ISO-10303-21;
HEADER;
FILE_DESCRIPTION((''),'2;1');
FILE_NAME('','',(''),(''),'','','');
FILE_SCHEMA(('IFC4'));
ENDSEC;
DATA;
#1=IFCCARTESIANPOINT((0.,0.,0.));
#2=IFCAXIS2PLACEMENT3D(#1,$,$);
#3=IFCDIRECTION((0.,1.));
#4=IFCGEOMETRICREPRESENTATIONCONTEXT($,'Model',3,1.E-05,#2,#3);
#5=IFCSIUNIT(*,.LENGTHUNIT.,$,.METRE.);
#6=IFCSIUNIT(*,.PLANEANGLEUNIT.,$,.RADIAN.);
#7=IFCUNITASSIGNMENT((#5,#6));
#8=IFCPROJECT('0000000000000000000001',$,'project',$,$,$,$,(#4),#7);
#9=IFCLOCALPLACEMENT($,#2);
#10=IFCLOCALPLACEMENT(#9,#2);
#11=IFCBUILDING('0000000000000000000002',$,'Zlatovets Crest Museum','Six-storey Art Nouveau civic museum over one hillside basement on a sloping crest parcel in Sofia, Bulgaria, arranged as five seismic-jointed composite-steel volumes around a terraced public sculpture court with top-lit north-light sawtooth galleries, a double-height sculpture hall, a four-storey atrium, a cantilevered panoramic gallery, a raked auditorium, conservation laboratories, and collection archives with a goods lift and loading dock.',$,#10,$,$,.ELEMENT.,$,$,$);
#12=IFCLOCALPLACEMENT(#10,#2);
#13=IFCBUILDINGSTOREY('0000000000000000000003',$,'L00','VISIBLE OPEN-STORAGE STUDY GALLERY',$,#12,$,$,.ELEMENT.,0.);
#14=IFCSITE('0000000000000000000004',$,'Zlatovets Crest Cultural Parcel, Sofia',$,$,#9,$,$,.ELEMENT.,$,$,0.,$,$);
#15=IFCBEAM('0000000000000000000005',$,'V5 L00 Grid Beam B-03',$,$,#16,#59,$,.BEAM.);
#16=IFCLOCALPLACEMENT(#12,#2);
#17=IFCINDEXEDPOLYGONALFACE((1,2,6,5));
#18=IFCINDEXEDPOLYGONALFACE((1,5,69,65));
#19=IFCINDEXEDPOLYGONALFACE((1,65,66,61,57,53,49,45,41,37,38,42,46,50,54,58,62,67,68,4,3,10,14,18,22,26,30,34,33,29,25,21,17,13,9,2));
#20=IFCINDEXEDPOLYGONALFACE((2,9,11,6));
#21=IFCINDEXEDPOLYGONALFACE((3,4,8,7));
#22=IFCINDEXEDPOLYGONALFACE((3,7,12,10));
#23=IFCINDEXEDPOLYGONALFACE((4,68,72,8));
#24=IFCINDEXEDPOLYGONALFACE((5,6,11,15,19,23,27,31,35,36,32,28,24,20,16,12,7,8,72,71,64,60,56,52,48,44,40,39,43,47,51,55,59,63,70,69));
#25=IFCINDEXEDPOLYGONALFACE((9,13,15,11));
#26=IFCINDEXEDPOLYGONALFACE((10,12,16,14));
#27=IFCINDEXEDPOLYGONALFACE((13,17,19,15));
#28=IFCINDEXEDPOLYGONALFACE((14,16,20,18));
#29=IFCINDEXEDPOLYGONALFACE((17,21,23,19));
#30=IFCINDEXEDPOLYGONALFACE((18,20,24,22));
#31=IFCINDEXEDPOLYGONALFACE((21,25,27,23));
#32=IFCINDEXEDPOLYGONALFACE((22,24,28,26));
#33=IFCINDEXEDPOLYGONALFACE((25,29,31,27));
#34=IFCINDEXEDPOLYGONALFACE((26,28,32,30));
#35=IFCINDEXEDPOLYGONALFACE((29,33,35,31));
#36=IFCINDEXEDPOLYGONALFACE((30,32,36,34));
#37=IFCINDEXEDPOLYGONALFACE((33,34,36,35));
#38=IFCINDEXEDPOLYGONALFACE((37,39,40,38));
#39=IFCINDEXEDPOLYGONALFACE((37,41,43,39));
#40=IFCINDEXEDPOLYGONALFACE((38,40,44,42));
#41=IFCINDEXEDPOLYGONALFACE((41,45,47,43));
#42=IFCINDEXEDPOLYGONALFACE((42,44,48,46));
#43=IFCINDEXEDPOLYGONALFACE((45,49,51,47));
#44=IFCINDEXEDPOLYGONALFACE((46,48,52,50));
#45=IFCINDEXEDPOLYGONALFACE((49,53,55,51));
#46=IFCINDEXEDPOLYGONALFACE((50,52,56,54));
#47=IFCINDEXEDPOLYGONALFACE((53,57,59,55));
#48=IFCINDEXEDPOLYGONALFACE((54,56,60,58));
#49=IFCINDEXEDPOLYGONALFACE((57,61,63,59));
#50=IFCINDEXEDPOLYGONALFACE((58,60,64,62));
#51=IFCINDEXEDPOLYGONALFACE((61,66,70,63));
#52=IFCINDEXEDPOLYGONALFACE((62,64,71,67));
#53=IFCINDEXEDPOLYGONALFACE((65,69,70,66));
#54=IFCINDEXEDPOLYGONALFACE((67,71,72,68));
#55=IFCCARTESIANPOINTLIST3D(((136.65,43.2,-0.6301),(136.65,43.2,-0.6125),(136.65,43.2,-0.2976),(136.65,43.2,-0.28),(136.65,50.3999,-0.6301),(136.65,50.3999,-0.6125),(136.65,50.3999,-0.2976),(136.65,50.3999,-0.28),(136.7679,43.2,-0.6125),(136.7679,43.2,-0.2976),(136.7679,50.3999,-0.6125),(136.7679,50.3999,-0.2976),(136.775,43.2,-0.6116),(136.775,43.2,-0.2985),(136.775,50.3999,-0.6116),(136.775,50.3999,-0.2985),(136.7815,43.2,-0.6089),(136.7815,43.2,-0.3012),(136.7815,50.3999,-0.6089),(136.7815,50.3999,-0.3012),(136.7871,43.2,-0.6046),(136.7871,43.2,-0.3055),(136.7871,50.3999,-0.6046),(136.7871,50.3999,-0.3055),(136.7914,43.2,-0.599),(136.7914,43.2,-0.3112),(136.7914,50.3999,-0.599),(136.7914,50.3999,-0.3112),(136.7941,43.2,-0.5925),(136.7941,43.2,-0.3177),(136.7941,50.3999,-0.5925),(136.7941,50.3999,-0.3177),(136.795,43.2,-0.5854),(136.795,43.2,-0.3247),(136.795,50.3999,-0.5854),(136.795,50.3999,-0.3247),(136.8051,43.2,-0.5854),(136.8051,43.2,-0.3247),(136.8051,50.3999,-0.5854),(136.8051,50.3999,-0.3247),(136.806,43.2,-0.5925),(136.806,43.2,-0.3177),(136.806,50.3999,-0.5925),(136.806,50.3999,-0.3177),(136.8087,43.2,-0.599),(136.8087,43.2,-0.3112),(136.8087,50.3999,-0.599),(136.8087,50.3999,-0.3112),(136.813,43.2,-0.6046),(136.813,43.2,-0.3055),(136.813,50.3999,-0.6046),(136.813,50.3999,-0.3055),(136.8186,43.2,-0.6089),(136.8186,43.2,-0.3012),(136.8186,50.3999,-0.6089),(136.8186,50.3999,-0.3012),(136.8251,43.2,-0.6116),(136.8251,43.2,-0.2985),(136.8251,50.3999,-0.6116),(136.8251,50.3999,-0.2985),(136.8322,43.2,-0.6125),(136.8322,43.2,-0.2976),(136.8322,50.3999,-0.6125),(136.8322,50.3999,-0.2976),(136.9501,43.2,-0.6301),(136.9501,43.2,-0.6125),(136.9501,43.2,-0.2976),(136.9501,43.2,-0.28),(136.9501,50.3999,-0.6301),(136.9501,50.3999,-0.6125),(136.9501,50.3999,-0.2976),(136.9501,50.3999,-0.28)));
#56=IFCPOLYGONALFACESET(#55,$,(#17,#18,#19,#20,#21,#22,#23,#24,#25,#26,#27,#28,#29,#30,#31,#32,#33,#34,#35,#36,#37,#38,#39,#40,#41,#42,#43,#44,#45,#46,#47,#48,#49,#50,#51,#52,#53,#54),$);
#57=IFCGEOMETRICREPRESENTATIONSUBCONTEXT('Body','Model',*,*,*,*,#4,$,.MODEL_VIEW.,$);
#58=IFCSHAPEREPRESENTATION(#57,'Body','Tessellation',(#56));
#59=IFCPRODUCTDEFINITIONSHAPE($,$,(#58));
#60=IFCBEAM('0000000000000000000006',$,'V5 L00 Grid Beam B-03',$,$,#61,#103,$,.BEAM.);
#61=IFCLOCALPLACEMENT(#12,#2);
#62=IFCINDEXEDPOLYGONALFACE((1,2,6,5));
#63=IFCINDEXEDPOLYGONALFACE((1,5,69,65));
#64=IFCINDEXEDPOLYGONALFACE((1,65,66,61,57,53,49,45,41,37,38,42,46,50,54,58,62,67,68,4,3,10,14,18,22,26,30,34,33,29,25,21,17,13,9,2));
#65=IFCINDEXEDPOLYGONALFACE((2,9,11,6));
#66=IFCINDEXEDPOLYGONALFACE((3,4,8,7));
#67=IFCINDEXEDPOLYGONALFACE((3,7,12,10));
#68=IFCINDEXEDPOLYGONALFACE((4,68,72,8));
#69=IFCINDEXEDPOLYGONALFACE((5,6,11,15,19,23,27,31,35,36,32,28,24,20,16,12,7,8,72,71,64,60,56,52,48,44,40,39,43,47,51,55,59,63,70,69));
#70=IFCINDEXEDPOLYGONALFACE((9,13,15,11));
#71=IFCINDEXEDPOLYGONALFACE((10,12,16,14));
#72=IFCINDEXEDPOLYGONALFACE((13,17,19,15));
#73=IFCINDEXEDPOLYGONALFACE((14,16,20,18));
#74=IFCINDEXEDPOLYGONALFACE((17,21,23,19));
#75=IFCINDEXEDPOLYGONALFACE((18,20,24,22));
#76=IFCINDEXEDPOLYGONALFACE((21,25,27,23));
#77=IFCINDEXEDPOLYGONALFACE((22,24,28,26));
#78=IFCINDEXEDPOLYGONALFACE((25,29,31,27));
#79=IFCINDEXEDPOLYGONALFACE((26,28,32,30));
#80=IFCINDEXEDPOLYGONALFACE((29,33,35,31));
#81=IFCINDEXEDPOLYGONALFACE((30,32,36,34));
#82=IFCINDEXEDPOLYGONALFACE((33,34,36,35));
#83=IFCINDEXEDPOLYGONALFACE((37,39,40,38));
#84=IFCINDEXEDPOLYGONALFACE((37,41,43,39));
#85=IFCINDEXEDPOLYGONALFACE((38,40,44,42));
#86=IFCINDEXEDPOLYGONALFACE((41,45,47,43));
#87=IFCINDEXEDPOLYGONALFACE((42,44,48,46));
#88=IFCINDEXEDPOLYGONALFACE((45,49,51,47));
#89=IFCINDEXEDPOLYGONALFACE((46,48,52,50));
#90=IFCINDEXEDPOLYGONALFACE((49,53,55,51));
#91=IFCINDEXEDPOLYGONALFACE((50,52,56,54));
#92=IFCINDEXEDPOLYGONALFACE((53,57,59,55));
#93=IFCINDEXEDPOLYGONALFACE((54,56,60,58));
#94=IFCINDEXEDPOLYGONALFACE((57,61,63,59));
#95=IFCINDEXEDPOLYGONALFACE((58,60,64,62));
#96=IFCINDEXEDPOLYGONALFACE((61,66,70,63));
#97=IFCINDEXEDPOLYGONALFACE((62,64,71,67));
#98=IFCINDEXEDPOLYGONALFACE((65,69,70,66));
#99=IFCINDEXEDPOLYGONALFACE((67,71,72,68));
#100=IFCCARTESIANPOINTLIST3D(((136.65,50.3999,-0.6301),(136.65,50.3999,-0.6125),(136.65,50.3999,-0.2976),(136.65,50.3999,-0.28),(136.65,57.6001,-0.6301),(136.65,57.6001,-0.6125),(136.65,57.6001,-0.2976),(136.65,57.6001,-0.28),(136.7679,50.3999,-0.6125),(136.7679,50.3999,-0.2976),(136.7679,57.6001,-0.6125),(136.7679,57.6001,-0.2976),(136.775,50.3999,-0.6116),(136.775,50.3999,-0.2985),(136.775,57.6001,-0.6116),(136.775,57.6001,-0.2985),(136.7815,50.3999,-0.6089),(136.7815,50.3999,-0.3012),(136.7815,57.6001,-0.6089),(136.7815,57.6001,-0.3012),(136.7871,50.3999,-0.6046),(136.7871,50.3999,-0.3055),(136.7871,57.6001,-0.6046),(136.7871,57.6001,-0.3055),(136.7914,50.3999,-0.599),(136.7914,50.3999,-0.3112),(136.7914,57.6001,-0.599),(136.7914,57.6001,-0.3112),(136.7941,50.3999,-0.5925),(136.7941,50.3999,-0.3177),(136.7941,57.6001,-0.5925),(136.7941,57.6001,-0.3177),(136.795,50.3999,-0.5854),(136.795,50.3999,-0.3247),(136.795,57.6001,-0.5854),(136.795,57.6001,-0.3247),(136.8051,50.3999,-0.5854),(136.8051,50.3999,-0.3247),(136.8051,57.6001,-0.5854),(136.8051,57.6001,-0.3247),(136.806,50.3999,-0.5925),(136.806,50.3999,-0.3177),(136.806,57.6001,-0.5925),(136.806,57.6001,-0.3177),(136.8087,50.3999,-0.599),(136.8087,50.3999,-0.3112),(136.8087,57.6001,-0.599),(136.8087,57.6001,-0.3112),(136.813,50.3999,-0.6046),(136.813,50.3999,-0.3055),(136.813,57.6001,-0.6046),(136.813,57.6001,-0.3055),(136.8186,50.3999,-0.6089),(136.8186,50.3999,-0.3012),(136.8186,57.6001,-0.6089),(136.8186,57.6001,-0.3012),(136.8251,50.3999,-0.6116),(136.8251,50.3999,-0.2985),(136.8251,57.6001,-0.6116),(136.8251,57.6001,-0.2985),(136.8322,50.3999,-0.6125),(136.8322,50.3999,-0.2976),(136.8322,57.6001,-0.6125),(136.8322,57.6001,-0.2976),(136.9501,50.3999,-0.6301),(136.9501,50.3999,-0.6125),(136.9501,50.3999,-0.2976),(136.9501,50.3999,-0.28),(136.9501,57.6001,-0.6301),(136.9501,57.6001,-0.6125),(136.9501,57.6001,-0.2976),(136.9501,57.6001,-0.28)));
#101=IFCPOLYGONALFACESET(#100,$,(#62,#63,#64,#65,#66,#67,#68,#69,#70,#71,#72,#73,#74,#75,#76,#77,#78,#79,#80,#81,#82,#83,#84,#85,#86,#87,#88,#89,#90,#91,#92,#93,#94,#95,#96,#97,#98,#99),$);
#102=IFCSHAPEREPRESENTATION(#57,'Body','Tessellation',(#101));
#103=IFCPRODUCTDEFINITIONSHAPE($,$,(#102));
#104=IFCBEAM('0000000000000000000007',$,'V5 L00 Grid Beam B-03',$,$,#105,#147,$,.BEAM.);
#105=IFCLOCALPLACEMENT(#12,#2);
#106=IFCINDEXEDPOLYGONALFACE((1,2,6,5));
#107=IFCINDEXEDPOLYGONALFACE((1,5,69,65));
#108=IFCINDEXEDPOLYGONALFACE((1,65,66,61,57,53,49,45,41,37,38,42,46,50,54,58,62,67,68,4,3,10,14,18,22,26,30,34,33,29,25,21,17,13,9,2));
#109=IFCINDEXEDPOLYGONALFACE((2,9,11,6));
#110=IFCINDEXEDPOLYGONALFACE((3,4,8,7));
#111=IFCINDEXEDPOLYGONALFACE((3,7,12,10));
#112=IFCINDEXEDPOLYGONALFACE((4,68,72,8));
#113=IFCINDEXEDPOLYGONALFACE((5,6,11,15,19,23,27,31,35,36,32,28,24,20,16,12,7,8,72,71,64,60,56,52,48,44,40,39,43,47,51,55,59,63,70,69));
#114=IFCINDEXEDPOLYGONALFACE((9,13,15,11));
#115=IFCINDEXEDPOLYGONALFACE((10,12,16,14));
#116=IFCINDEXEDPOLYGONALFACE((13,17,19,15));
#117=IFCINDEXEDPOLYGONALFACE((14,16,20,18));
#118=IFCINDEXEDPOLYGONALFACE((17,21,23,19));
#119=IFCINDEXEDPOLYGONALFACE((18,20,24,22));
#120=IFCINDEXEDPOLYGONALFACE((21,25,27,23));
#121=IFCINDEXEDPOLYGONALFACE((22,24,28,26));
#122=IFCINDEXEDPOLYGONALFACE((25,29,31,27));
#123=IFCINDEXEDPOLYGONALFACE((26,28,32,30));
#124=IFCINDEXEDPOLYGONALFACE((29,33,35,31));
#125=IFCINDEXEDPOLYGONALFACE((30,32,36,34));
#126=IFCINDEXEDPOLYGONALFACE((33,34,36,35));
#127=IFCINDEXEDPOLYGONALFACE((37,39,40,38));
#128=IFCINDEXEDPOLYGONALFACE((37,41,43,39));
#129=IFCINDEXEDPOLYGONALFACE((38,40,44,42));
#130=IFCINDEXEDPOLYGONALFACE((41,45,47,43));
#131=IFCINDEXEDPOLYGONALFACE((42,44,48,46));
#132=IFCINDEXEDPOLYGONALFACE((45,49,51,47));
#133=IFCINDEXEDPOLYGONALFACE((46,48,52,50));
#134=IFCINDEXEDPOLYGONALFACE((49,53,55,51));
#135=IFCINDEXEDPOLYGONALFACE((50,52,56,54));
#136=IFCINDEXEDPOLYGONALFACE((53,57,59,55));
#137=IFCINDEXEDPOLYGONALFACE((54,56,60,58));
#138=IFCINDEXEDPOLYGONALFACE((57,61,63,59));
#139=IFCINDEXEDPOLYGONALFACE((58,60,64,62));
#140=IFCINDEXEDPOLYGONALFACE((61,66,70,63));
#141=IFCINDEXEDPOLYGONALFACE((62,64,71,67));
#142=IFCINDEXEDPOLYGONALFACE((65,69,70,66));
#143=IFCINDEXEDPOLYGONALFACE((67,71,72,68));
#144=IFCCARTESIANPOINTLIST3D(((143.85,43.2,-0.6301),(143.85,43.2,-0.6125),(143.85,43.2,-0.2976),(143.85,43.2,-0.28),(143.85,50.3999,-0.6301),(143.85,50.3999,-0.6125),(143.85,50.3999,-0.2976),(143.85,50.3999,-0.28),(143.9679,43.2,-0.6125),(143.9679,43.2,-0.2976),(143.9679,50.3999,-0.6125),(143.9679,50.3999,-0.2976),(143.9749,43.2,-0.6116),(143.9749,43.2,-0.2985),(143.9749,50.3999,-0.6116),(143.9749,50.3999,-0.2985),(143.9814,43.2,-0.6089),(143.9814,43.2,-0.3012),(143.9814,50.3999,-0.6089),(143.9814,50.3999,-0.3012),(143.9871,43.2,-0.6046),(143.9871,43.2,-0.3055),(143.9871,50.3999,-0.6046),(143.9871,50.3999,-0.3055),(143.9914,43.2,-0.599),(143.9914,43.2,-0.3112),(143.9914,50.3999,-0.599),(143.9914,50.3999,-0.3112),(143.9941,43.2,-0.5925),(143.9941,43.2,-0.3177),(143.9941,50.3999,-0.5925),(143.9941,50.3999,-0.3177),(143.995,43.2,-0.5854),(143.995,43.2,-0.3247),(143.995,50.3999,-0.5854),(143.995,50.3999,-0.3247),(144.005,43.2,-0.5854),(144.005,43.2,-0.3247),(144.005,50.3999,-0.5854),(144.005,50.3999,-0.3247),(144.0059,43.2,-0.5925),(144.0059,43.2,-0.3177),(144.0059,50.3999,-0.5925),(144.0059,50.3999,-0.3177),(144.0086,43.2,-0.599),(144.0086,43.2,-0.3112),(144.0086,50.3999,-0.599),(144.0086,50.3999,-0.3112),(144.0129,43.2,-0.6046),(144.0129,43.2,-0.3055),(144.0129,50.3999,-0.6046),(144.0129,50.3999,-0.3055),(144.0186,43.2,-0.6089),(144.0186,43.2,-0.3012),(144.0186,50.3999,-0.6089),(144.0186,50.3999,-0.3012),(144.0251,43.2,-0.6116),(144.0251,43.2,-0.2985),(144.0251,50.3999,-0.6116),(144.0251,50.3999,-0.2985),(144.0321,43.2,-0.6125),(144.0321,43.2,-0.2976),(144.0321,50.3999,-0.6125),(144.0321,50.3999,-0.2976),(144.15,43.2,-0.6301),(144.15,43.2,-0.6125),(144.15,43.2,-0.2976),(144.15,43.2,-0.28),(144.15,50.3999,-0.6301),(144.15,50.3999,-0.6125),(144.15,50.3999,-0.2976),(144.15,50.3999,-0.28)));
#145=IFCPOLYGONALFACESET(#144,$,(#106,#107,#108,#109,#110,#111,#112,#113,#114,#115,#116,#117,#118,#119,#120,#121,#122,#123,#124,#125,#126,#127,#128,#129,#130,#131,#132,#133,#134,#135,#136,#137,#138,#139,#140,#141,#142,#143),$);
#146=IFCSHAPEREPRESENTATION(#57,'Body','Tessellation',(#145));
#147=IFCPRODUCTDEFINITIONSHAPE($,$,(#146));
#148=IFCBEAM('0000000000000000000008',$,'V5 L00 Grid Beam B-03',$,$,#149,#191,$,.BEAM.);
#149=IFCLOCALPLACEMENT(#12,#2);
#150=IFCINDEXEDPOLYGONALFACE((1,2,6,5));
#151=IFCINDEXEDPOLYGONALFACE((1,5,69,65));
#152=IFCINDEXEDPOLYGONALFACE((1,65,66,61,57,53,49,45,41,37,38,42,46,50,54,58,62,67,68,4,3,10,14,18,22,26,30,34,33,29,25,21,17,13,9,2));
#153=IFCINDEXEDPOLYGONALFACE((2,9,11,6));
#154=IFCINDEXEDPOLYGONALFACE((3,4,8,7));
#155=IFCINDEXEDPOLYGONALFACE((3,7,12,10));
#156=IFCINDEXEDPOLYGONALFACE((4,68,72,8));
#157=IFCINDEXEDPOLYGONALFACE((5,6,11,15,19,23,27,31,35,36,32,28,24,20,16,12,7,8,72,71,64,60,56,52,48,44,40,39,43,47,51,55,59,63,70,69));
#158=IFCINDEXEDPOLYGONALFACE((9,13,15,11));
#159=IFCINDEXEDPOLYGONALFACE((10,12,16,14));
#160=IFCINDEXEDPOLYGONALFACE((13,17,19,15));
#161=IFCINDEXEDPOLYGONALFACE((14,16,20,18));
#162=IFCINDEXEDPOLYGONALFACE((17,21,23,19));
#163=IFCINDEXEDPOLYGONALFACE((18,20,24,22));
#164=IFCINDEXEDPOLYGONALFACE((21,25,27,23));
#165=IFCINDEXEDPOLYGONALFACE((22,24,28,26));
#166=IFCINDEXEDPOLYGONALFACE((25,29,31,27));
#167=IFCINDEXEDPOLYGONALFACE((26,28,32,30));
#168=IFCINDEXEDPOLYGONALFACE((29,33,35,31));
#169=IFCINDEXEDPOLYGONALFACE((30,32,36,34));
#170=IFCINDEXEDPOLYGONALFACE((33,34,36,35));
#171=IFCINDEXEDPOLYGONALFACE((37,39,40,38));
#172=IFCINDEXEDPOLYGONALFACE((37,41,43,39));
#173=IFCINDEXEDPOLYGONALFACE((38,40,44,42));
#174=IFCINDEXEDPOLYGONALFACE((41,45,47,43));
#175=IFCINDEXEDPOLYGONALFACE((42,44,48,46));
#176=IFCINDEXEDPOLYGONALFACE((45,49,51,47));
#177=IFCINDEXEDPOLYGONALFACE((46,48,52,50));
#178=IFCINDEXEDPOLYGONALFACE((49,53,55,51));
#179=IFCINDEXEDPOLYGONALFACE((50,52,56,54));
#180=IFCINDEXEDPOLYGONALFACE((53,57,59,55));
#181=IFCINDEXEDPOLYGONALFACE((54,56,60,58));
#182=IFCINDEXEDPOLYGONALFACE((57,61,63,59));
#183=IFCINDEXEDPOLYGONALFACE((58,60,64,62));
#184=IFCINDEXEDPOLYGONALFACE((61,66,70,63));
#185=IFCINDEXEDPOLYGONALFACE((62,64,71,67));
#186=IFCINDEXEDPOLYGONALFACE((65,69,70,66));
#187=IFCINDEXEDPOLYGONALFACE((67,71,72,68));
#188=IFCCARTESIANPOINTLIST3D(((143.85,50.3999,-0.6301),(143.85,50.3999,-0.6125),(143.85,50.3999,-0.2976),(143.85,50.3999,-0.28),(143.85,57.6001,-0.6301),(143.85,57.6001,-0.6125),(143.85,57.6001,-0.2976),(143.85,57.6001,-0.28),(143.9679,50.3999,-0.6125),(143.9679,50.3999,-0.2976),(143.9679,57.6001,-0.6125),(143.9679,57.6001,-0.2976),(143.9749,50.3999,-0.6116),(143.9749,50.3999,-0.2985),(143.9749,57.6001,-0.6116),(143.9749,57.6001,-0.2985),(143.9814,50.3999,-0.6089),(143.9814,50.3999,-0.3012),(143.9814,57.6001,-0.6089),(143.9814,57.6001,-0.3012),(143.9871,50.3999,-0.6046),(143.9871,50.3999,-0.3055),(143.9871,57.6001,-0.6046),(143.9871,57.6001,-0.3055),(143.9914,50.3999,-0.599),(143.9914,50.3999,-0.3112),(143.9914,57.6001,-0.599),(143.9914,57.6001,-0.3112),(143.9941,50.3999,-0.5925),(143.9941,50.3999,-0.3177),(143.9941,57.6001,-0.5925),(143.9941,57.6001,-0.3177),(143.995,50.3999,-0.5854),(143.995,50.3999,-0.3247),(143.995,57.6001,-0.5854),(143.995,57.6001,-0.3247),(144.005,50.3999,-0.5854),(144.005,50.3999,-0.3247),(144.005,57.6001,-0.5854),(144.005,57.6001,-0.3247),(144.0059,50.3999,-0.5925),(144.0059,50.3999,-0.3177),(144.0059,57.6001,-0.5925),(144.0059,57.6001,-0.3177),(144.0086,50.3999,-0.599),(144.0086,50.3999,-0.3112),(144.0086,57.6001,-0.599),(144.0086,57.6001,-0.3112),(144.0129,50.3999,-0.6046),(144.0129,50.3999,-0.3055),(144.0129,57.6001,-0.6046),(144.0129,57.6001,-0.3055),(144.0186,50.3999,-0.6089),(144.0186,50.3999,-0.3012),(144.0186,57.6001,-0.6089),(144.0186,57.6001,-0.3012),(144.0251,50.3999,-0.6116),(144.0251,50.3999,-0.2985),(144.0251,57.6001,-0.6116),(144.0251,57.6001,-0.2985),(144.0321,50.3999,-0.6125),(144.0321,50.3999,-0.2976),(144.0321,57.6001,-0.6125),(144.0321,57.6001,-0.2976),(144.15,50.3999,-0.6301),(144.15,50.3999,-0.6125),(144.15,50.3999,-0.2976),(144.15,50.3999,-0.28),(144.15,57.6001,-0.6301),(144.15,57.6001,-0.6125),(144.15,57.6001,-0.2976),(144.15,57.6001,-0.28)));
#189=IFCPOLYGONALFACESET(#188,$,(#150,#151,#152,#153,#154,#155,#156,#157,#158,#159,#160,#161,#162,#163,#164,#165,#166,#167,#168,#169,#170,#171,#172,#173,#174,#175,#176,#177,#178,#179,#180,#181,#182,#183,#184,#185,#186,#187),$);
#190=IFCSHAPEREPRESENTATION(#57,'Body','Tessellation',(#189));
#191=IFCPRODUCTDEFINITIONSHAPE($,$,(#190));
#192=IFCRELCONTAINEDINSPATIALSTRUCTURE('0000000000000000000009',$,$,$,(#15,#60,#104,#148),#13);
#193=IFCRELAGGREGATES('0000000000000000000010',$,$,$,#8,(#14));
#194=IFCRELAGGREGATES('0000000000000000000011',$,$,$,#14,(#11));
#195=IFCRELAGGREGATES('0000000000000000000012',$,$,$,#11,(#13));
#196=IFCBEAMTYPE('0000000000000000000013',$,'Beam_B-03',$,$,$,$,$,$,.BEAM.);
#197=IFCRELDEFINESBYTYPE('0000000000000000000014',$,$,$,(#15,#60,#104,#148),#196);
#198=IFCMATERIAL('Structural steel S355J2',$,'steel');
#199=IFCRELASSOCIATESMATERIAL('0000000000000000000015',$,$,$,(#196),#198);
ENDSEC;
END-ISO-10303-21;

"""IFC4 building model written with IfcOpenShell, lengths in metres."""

from ifc_helpers import new_model, si_unit, direction, frame, origin, origin_2d, place, context, subcontext, project, spatial, i_section, extrude, material, material_profile, profile_set, type_object, element, save


model = new_model("IFC4")

# Units and contexts
model_context = context("Model", 3, precision=1e-05, world=origin(), true_north=direction((0.0, 1.0)))
body_context = subcontext(model_context, "Body", "Model", "MODEL_VIEW")
ifc_project = project(units=[si_unit("LENGTHUNIT", "METRE"), si_unit("PLANEANGLEUNIT", "RADIAN")], contexts=[model_context])

# Site, building, storey
site_placement = place(None, origin())
site = spatial("IfcSite", under=ifc_project, at=site_placement, Name="Zlatovets Crest Cultural Parcel, Sofia", CompositionType="ELEMENT", RefElevation=0.0)
building_placement = place(site_placement, origin())
building = spatial("IfcBuilding", under=site, at=building_placement, Name="Zlatovets Crest Museum", Description="Six-storey Art Nouveau civic museum over one hillside basement on a sloping crest parcel in Sofia, Bulgaria, arranged as five seismic-jointed composite-steel volumes around a terraced public sculpture court with top-lit north-light sawtooth galleries, a double-height sculpture hall, a four-storey atrium, a cantilevered panoramic gallery, a raked auditorium, conservation laboratories, and collection archives with a goods lift and loading dock.", CompositionType="ELEMENT")
storey_placement = place(building_placement, origin())
storey = spatial("IfcBuildingStorey", under=building, at=storey_placement, Name="L00", Description="VISIBLE OPEN-STORAGE STUDY GALLERY", CompositionType="ELEMENT", Elevation=0.0)

# Shared definitions
ifc_material_1 = material(Name="Structural steel S355J2", Category="steel")

# Beams
ifc_material_profile_1 = material_profile(ifc_material_1, i_section(OverallWidth=0.3, OverallDepth=0.3501, WebThickness=0.01, FlangeThickness=0.0176, FilletRadius=0.0271, at=origin_2d()), Name="HEA 360")
ifc_profile_set_1 = profile_set([ifc_material_profile_1], Name="Structural steel S355J2")
beam_type_1 = type_object("IfcBeamType", Name="Beam_B-03", PredefinedType="BEAM", material=ifc_profile_set_1)
beam_1_placement = place(storey_placement, frame((136.8, 43.2, -0.4551), z_axis=(0.0, 1.0, 0.0), x_axis=(-1.0, 0.0, 0.0)))
element("IfcBeam", 1, at=beam_1_placement, inside=storey, type_object=beam_type_1, Name="V5 L00 Grid Beam B-03", PredefinedType="BEAM", context=body_context, shape_type="SweptSolid", body=[
    extrude(i_section(OverallWidth=0.3, OverallDepth=0.3501, WebThickness=0.01, FlangeThickness=0.0176, FilletRadius=0.0271, at=origin_2d()), origin(), (0.0, 0.0, 1.0), 7.2),
])
beam_2_placement = place(storey_placement, frame((136.8, 50.3999, -0.4551), z_axis=(0.0, 1.0, 0.0), x_axis=(-1.0, 0.0, 0.0)))
element("IfcBeam", 2, at=beam_2_placement, inside=storey, type_object=beam_type_1, Name="V5 L00 Grid Beam B-03", PredefinedType="BEAM", context=body_context, shape_type="SweptSolid", body=[
    extrude(i_section(OverallWidth=0.3, OverallDepth=0.3501, WebThickness=0.01, FlangeThickness=0.0176, FilletRadius=0.0271, at=origin_2d()), origin(), (0.0, 0.0, 1.0), 7.2002),
])
beam_3_placement = place(storey_placement, frame((144.0, 43.2, -0.4551), z_axis=(0.0, 1.0, 0.0), x_axis=(-1.0, 0.0, 0.0)))
element("IfcBeam", 3, at=beam_3_placement, inside=storey, type_object=beam_type_1, Name="V5 L00 Grid Beam B-03", PredefinedType="BEAM", context=body_context, shape_type="SweptSolid", body=[
    extrude(i_section(OverallWidth=0.3, OverallDepth=0.3501, WebThickness=0.01, FlangeThickness=0.0176, FilletRadius=0.0271, at=origin_2d()), origin(), (0.0, 0.0, 1.0), 7.2),
])
beam_4_placement = place(storey_placement, frame((144.0, 50.3999, -0.4551), z_axis=(0.0, 1.0, 0.0), x_axis=(-1.0, 0.0, 0.0)))
element("IfcBeam", 4, at=beam_4_placement, inside=storey, type_object=beam_type_1, Name="V5 L00 Grid Beam B-03", PredefinedType="BEAM", context=body_context, shape_type="SweptSolid", body=[
    extrude(i_section(OverallWidth=0.3, OverallDepth=0.3501, WebThickness=0.01, FlangeThickness=0.0176, FilletRadius=0.0271, at=origin_2d()), origin(), (0.0, 0.0, 1.0), 7.2002),
])

save(model, "model.ifc")
